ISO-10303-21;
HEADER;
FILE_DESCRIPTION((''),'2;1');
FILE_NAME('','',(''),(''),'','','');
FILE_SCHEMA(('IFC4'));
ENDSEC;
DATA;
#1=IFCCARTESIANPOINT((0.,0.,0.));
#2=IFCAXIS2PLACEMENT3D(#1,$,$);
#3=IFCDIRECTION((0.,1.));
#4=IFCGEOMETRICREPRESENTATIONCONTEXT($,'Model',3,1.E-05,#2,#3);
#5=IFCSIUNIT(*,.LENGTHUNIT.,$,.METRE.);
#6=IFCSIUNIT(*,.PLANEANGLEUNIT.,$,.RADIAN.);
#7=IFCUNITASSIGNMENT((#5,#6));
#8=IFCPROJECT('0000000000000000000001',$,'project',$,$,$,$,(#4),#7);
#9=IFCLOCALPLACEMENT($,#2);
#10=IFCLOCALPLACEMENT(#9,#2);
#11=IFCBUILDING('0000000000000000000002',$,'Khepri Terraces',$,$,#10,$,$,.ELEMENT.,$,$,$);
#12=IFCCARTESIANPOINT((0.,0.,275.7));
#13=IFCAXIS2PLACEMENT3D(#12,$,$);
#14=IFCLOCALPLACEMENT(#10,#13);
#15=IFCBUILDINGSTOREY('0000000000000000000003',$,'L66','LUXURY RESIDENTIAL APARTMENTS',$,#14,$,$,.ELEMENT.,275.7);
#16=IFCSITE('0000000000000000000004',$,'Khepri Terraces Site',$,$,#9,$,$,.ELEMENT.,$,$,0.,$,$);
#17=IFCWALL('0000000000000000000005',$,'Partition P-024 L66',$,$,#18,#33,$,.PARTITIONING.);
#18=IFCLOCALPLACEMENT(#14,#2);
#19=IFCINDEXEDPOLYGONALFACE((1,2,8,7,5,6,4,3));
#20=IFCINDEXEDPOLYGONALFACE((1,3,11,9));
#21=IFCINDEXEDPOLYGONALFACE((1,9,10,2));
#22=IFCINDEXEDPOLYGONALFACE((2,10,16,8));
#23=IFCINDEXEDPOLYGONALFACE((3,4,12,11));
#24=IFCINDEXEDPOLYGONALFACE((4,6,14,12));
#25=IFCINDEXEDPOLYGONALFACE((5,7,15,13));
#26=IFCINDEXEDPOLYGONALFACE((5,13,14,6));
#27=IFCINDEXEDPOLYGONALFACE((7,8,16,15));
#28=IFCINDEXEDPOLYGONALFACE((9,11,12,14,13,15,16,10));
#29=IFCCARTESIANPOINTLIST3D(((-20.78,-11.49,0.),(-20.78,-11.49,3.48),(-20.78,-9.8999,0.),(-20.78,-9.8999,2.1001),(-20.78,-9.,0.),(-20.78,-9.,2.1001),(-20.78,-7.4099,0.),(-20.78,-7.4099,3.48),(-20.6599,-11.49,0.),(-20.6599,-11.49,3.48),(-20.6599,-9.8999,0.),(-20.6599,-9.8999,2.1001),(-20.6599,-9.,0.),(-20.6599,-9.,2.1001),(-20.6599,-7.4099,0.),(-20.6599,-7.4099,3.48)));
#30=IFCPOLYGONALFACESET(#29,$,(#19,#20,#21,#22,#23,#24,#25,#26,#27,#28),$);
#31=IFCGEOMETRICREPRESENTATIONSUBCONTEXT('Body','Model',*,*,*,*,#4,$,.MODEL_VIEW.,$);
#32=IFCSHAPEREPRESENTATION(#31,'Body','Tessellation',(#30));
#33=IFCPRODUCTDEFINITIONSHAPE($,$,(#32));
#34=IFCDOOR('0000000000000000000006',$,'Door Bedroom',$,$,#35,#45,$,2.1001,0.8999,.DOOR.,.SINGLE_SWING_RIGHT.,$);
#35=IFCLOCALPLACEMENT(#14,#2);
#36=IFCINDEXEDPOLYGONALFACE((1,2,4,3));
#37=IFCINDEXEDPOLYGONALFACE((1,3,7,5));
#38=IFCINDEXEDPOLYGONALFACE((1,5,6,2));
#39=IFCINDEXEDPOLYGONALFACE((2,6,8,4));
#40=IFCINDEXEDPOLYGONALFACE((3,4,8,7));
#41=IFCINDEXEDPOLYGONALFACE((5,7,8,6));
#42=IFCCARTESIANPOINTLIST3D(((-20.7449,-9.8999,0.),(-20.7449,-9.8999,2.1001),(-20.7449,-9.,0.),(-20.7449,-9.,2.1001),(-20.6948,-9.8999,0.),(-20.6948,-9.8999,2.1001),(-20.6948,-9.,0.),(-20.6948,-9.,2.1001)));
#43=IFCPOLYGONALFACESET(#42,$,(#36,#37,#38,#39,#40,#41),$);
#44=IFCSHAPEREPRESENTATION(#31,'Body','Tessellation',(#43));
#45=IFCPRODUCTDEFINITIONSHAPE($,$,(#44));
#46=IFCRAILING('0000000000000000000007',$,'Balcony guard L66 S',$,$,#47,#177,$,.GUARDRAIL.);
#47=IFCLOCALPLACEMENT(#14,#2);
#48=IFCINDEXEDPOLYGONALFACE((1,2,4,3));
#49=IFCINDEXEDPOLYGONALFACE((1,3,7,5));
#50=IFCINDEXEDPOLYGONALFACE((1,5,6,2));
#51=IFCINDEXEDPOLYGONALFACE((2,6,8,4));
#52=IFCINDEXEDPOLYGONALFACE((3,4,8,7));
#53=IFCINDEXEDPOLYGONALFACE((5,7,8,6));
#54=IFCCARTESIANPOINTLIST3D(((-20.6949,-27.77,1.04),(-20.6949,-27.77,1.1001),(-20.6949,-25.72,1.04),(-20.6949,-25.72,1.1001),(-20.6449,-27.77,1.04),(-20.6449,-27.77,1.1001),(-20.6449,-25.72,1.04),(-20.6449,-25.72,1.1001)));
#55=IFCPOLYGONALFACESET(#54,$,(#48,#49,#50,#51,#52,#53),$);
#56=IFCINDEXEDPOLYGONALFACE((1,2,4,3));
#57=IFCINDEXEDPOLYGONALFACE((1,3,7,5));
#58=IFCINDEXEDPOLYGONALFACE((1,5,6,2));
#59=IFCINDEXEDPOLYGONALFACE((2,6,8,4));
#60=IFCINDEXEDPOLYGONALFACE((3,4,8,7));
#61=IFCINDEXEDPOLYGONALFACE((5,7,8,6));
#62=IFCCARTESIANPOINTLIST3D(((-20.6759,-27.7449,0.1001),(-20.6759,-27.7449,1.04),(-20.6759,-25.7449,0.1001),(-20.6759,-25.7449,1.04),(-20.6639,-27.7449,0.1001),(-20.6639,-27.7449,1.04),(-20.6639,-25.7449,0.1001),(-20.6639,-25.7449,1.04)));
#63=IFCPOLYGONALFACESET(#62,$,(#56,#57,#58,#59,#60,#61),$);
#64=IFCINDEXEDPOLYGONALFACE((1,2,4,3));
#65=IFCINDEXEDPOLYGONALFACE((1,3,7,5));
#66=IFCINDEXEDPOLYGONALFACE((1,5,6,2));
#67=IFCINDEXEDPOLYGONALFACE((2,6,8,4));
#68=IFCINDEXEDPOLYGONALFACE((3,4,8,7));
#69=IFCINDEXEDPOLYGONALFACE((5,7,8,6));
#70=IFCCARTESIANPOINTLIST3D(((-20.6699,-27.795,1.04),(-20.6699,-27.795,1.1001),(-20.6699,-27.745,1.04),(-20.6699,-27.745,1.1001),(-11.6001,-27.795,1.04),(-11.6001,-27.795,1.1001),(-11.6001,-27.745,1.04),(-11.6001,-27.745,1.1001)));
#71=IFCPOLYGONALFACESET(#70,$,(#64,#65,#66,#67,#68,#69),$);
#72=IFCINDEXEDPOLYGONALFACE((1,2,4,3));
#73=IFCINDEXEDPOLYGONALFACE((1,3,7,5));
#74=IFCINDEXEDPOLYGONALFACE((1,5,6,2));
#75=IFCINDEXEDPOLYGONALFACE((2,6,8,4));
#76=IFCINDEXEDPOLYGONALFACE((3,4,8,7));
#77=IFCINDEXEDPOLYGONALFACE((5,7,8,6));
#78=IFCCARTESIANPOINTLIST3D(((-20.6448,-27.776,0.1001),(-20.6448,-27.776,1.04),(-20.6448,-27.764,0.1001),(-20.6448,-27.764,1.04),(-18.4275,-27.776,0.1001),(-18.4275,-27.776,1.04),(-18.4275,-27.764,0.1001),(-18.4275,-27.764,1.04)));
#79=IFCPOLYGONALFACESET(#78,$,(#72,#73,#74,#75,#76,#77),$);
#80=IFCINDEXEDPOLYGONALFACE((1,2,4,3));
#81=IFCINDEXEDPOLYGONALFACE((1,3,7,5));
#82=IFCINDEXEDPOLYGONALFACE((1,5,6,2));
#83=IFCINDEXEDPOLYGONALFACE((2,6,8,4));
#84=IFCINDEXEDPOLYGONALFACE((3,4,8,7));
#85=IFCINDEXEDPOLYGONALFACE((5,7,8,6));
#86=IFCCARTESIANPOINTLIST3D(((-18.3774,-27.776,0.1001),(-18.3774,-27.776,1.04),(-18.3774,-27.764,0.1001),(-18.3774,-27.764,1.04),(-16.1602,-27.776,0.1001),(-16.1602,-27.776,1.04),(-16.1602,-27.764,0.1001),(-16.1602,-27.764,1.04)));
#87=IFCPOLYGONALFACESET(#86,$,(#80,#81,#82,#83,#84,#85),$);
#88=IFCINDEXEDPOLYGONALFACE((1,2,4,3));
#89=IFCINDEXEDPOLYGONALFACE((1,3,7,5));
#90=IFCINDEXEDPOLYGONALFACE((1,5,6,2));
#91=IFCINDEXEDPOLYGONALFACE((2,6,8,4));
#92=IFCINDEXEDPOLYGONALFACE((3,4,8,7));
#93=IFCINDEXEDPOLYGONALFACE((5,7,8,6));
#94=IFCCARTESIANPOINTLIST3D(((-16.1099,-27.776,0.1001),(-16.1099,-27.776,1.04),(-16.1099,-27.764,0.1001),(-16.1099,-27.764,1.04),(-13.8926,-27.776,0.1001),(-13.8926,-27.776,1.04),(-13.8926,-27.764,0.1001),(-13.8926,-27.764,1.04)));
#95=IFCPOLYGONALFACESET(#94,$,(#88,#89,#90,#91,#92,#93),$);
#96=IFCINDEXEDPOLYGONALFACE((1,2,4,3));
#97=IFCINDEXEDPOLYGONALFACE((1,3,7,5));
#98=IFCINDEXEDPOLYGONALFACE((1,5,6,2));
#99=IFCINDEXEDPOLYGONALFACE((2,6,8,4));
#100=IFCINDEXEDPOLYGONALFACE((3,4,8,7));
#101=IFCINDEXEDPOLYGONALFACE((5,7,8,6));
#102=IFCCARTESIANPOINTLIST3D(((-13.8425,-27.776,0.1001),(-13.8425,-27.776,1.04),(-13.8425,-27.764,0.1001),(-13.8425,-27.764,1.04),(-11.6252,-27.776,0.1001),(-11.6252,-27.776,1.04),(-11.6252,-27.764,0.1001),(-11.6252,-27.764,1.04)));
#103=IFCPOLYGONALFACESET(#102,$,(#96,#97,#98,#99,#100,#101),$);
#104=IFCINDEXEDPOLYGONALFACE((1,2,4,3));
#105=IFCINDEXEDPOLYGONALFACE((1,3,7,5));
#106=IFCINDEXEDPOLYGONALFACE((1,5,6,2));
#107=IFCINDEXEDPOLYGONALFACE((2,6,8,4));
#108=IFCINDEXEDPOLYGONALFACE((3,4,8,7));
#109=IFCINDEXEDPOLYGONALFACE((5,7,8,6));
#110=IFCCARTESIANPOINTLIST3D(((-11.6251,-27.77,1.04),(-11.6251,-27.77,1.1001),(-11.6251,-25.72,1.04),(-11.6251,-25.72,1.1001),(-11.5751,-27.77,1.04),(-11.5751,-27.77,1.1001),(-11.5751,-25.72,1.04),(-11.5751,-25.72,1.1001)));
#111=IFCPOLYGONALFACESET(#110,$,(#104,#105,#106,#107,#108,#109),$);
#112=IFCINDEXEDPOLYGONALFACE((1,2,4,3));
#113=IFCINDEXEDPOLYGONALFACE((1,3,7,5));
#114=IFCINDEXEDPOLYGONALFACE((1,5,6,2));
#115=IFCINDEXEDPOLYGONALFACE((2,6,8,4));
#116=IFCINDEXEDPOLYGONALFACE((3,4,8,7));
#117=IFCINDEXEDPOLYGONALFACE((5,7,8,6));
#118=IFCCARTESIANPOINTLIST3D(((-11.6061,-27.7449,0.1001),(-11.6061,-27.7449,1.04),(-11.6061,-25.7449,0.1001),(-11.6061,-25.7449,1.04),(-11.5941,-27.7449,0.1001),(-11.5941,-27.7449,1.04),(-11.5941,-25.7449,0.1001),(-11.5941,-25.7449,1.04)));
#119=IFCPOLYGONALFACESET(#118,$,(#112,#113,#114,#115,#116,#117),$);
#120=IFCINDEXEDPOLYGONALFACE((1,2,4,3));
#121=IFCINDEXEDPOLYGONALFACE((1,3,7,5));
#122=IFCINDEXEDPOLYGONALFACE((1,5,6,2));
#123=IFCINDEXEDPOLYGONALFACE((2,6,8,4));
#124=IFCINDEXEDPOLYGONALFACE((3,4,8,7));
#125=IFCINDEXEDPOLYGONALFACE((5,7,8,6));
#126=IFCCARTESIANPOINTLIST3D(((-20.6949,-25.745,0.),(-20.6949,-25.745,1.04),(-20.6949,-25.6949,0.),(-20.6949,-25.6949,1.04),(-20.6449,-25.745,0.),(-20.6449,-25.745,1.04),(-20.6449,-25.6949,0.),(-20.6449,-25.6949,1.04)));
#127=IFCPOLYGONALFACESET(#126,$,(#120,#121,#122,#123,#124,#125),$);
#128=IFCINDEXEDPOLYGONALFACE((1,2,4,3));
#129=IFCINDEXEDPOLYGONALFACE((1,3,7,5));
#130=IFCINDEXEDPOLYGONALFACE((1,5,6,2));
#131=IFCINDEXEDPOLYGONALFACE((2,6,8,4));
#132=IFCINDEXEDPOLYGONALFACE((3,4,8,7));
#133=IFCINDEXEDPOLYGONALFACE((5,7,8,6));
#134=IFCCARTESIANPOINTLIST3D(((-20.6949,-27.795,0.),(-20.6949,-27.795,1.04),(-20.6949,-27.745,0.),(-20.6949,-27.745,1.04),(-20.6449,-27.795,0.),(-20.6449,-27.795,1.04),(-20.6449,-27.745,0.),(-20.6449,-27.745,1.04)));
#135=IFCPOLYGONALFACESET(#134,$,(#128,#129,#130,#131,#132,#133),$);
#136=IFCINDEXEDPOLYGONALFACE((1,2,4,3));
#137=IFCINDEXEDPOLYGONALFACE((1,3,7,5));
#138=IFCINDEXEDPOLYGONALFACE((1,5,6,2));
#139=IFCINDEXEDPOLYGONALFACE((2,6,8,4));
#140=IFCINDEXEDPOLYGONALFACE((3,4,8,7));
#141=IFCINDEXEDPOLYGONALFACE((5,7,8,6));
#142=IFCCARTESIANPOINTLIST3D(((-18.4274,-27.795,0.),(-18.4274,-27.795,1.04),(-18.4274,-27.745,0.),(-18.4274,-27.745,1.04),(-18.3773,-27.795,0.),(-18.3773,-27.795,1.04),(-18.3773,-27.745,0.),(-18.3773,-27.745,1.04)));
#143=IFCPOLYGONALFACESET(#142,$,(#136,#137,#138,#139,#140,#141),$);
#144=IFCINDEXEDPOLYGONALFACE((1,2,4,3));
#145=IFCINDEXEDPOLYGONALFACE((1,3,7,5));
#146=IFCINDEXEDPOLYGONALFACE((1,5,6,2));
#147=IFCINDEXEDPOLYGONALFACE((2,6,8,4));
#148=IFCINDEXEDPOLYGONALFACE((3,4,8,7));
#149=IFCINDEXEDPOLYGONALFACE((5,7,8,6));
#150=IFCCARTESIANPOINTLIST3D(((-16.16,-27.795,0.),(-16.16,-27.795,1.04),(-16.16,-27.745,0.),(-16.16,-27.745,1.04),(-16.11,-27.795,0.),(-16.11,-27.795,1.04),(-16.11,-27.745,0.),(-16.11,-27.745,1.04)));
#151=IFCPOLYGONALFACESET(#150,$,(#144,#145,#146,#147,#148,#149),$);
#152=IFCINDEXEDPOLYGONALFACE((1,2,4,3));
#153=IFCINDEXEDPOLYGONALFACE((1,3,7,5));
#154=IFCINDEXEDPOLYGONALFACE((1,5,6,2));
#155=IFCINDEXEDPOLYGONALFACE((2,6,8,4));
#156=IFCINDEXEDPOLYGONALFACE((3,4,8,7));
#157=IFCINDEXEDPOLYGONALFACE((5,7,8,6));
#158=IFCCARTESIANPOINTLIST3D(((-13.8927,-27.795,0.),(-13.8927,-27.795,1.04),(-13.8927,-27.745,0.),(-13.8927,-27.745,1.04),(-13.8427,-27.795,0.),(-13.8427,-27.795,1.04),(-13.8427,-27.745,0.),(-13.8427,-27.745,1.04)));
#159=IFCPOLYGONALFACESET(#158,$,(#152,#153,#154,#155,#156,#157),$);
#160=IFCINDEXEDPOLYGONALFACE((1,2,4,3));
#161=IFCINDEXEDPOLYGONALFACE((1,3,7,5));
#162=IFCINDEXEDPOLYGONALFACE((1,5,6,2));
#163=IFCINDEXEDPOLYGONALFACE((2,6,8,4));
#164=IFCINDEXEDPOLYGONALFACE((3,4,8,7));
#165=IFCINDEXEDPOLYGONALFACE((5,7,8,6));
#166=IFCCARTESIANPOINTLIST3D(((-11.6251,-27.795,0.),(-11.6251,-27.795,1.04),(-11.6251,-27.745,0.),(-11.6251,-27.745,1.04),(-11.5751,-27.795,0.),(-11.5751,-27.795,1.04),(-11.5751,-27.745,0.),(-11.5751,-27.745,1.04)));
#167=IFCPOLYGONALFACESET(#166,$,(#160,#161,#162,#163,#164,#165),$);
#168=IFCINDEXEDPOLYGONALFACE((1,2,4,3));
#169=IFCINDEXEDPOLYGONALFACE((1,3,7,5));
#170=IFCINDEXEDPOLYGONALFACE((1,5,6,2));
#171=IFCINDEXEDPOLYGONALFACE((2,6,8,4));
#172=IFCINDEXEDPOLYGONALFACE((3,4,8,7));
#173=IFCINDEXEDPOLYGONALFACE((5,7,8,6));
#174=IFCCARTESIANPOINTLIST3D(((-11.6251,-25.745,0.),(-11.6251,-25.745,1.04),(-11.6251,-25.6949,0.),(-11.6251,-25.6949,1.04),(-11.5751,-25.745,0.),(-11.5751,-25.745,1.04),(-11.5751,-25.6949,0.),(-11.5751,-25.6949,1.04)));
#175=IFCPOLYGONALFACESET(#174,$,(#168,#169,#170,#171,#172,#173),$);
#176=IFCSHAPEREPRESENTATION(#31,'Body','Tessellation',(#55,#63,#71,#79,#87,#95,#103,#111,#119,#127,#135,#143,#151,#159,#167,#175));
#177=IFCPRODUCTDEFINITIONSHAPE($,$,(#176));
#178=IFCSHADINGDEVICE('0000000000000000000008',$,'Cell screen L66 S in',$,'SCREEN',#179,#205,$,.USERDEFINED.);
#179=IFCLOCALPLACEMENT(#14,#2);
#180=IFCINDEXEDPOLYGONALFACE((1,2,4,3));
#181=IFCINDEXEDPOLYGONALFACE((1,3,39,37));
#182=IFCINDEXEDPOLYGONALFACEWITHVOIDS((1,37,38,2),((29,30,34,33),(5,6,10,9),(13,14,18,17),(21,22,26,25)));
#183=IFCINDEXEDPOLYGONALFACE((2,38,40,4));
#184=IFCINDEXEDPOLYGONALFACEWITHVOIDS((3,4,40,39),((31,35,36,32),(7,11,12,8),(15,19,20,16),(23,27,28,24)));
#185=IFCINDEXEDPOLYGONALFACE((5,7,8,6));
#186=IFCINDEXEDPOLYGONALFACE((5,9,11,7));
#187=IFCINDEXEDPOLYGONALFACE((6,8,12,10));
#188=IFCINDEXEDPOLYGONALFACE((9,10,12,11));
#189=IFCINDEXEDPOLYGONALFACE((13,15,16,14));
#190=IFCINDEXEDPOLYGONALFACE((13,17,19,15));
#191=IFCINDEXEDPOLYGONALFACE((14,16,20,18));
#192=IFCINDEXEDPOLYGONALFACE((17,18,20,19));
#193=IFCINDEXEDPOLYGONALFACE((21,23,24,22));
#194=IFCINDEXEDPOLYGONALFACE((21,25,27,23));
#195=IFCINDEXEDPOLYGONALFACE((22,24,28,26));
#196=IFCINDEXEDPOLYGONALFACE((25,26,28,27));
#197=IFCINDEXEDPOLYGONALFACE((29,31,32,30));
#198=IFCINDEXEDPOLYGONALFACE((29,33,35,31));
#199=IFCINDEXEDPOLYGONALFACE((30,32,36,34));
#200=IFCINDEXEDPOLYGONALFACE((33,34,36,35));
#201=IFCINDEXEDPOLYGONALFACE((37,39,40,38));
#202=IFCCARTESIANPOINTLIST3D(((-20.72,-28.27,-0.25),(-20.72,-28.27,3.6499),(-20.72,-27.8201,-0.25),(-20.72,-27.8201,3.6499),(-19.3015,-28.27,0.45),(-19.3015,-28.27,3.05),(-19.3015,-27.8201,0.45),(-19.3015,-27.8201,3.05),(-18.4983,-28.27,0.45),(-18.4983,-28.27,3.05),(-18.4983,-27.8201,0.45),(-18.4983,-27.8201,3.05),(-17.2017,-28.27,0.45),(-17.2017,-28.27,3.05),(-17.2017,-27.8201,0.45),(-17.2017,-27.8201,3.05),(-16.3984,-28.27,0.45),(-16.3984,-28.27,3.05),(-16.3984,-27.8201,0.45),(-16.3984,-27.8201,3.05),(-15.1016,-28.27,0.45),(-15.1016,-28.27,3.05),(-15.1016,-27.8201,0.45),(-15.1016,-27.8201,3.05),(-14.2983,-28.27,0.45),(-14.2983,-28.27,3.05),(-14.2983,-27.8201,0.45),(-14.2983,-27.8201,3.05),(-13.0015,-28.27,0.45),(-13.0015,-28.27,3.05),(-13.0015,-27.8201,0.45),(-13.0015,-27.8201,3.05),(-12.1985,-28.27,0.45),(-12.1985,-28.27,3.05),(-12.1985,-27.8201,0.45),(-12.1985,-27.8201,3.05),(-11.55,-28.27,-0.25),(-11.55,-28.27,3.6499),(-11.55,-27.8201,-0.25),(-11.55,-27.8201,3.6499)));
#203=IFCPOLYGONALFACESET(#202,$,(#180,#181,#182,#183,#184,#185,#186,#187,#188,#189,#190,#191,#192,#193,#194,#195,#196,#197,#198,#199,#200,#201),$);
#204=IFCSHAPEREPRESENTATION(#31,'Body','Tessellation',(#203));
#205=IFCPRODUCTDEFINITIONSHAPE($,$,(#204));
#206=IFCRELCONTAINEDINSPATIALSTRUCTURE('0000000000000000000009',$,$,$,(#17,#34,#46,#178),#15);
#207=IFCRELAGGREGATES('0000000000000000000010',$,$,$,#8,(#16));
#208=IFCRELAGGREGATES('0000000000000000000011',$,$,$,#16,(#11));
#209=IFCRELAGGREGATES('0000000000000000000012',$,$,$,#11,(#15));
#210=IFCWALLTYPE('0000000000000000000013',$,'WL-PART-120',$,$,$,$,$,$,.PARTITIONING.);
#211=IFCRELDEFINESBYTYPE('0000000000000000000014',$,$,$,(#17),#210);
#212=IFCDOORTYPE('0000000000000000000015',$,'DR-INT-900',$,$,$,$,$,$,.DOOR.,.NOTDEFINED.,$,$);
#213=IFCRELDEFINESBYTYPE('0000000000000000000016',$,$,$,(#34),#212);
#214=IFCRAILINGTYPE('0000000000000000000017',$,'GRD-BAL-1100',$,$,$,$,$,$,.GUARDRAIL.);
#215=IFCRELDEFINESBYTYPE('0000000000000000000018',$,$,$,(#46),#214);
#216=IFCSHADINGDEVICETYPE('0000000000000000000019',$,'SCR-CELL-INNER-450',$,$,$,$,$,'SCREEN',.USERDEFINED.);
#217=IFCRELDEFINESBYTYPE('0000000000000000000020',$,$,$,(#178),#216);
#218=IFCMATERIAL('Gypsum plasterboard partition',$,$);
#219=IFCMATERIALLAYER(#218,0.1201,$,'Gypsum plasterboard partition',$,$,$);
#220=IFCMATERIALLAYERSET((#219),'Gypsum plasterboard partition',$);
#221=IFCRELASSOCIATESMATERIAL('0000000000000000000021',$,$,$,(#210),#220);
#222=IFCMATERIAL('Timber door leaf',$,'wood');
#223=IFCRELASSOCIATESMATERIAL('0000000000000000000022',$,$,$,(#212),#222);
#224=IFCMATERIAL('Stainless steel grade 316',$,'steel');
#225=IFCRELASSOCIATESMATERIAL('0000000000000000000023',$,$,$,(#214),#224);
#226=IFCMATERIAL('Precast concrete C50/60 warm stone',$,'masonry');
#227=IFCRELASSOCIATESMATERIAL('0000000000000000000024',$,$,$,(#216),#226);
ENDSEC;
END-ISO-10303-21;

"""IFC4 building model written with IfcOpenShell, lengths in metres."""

from ifc_helpers import new_model, si_unit, direction, frame, frame_2d, origin, origin_2d, place, context, subcontext, project, spatial, polyline, rectangle, outline, extrude, material, layer, layer_set, type_object, element, fill, save


model = new_model("IFC4")

# Units and contexts
model_context = context("Model", 3, precision=1e-05, world=origin(), true_north=direction((0.0, 1.0)))
body_context = subcontext(model_context, "Body", "Model", "MODEL_VIEW")
ifc_project = project(units=[si_unit("LENGTHUNIT", "METRE"), si_unit("PLANEANGLEUNIT", "RADIAN")], contexts=[model_context])

# Site, building, storey
site_placement = place(None, origin())
site = spatial("IfcSite", under=ifc_project, at=site_placement, Name="Khepri Terraces Site", CompositionType="ELEMENT", RefElevation=0.0)
building_placement = place(site_placement, origin())
building = spatial("IfcBuilding", under=site, at=building_placement, Name="Khepri Terraces", CompositionType="ELEMENT")
storey_placement = place(building_placement, frame((0.0, 0.0, 275.7)))
storey = spatial("IfcBuildingStorey", under=building, at=storey_placement, Name="L66", Description="LUXURY RESIDENTIAL APARTMENTS", CompositionType="ELEMENT", Elevation=275.7)

# Shared definitions
ifc_material_1 = material(Name="Precast concrete C50/60 warm stone", Category="masonry")

# Shared definitions
ifc_material_2 = material(Name="Gypsum plasterboard partition")
ifc_layer_1 = layer(ifc_material_2, 0.1201, Name="Gypsum plasterboard partition")
ifc_layer_set_1 = layer_set([ifc_layer_1], Name="Gypsum plasterboard partition")
wall_type_1 = type_object("IfcWallType", Name="WL-PART-120", PredefinedType="PARTITIONING", material=ifc_layer_set_1)

# Wall, opening, door
wall_1_placement = place(storey_placement, frame((-20.72, -11.49, 0.0), z_axis=(0.0, 0.0, 1.0), x_axis=(0.0, 1.0, 0.0)))
wall_1 = element("IfcWall", 1, at=wall_1_placement, inside=storey, type_object=wall_type_1, Name="Partition P-024 L66", PredefinedType="PARTITIONING", context=body_context, shape_type="SweptSolid", body=[
    extrude(rectangle(XDim=4.0801, YDim=0.1201, at=frame_2d((2.04, 0.0))), origin(), (0.0, 0.0, 1.0), 3.48),
])
opening_1_placement = place(wall_1_placement, frame((1.5901, 0.0, 0.0)))
opening_1 = element("IfcOpeningElement", 2, at=opening_1_placement, cuts=wall_1, PredefinedType="OPENING", context=body_context, shape_type="SweptSolid", body=[
    extrude(rectangle(XDim=0.8999, YDim=2.1001, at=frame_2d((0.45, 1.05))), frame((0.0, 0.0701, 0.0), z_axis=(0.0, -1.0, 0.0), x_axis=(1.0, 0.0, 0.0)), (0.0, 0.0, 1.0), 0.1401),
])
ifc_material_3 = material(Name="Timber door leaf", Category="wood")
door_type_1 = type_object("IfcDoorType", Name="DR-INT-900", OperationType="NOTDEFINED", PredefinedType="DOOR", material=ifc_material_3)
door_1_placement = place(opening_1_placement, origin())
door_1 = element("IfcDoor", 3, at=door_1_placement, inside=storey, type_object=door_type_1, Name="Door Bedroom", OperationType="SINGLE_SWING_RIGHT", OverallHeight=2.1001, OverallWidth=0.8999, PredefinedType="DOOR", context=body_context, shape_type="SweptSolid", body=[
    extrude(rectangle(XDim=0.8999, YDim=2.1001, at=frame_2d((0.45, 1.05))), frame((0.0, 0.0249, 0.0), z_axis=(0.0, -1.0, 0.0), x_axis=(1.0, 0.0, 0.0)), (0.0, 0.0, 1.0), 0.05),
])
fill(opening_1, door_1)

# Railing
ifc_material_4 = material(Name="Stainless steel grade 316", Category="steel")
railing_type = type_object("IfcRailingType", Name="GRD-BAL-1100", PredefinedType="GUARDRAIL", material=ifc_material_4)
railing_placement = place(storey_placement, frame((-20.6699, -25.72, 0.0)))
element("IfcRailing", 4, at=railing_placement, inside=storey, type_object=railing_type, Name="Balcony guard L66 S", PredefinedType="GUARDRAIL", context=body_context, shape_type="SweptSolid", body=[
    extrude(rectangle(XDim=0.05, YDim=0.0601, at=origin_2d()), frame((0.0, 0.0, 1.0701), z_axis=(0.0, -1.0, 0.0), x_axis=(1.0, 0.0, 0.0)), (0.0, 0.0, 1.0), 2.05),
    extrude(rectangle(XDim=2.0, YDim=0.012, at=origin_2d()), frame((0.0, -1.0249, 0.1001), z_axis=(0.0, 0.0, 1.0), x_axis=(0.0, -1.0, 0.0)), (0.0, 0.0, 1.0), 0.9399),
    extrude(rectangle(XDim=0.05, YDim=0.0601, at=origin_2d()), frame((0.0, -2.05, 1.0701), z_axis=(1.0, 0.0, 0.0), x_axis=(0.0, 1.0, 0.0)), (0.0, 0.0, 1.0), 9.0698),
    extrude(rectangle(XDim=2.2173, YDim=0.012, at=origin_2d()), frame((1.1338, -2.05, 0.1001), z_axis=(0.0, 0.0, 1.0), x_axis=(1.0, 0.0, 0.0)), (0.0, 0.0, 1.0), 0.9399),
    extrude(rectangle(XDim=2.2173, YDim=0.012, at=origin_2d()), frame((3.4011, -2.05, 0.1001), z_axis=(0.0, 0.0, 1.0), x_axis=(1.0, 0.0, 0.0)), (0.0, 0.0, 1.0), 0.9399),
    extrude(rectangle(XDim=2.2173, YDim=0.012, at=origin_2d()), frame((5.6687, -2.05, 0.1001), z_axis=(0.0, 0.0, 1.0), x_axis=(1.0, 0.0, 0.0)), (0.0, 0.0, 1.0), 0.9399),
    extrude(rectangle(XDim=2.2173, YDim=0.012, at=origin_2d()), frame((7.936, -2.05, 0.1001), z_axis=(0.0, 0.0, 1.0), x_axis=(1.0, 0.0, 0.0)), (0.0, 0.0, 1.0), 0.9399),
    extrude(rectangle(XDim=0.05, YDim=0.0601, at=origin_2d()), frame((9.0698, -2.05, 1.0701), z_axis=(0.0, 1.0, 0.0), x_axis=(-1.0, 0.0, 0.0)), (0.0, 0.0, 1.0), 2.05),
    extrude(rectangle(XDim=2.0, YDim=0.012, at=origin_2d()), frame((9.0698, -1.0249, 0.1001), z_axis=(0.0, 0.0, 1.0), x_axis=(0.0, 1.0, 0.0)), (0.0, 0.0, 1.0), 0.9399),
    extrude(rectangle(XDim=0.05, YDim=0.05, at=origin_2d()), origin(), (0.0, 0.0, 1.0), 1.04),
    extrude(rectangle(XDim=0.05, YDim=0.05, at=origin_2d()), frame((0.0, -2.05, 0.0)), (0.0, 0.0, 1.0), 1.04),
    extrude(rectangle(XDim=0.05, YDim=0.05, at=origin_2d()), frame((2.2676, -2.05, 0.0)), (0.0, 0.0, 1.0), 1.04),
    extrude(rectangle(XDim=0.05, YDim=0.05, at=origin_2d()), frame((4.5349, -2.05, 0.0)), (0.0, 0.0, 1.0), 1.04),
    extrude(rectangle(XDim=0.05, YDim=0.05, at=origin_2d()), frame((6.8022, -2.05, 0.0)), (0.0, 0.0, 1.0), 1.04),
    extrude(rectangle(XDim=0.05, YDim=0.05, at=origin_2d()), frame((9.0698, -2.05, 0.0)), (0.0, 0.0, 1.0), 1.04),
    extrude(rectangle(XDim=0.05, YDim=0.05, at=origin_2d()), frame((9.0698, 0.0, 0.0)), (0.0, 0.0, 1.0), 1.04),
])

# Shading device
shading_device_type_1 = type_object("IfcShadingDeviceType", Name="SCR-CELL-INNER-450", ElementType="SCREEN", PredefinedType="USERDEFINED", material=ifc_material_1)
shading_device_1_placement = place(storey_placement, frame((-20.72, -27.8201, -0.25), z_axis=(0.0, -1.0, 0.0), x_axis=(1.0, 0.0, 0.0)))
element("IfcShadingDevice", 5, at=shading_device_1_placement, inside=storey, type_object=shading_device_type_1, Name="Cell screen L66 S in", ObjectType="SCREEN", PredefinedType="USERDEFINED", context=body_context, shape_type="SweptSolid", body=[
    extrude(outline(polyline([(0.0, 0.0), (9.1699, 0.0), (9.1699, 3.8999), (0.0, 3.8999), (0.0, 0.0)]), holes=[polyline([(1.4185, 0.7), (2.2217, 0.7), (2.2217, 3.3), (1.4185, 3.3), (1.4185, 0.7)]), polyline([(3.5183, 0.7), (4.3215, 0.7), (4.3215, 3.3), (3.5183, 3.3), (3.5183, 0.7)]), polyline([(5.6184, 0.7), (6.4216, 0.7), (6.4216, 3.3), (5.6184, 3.3), (5.6184, 0.7)]), polyline([(7.7185, 0.7), (8.5215, 0.7), (8.5215, 3.3), (7.7185, 3.3), (7.7185, 0.7)])]), origin(), (0.0, 0.0, 1.0), 0.45),
])

save(model, "model.ifc")
